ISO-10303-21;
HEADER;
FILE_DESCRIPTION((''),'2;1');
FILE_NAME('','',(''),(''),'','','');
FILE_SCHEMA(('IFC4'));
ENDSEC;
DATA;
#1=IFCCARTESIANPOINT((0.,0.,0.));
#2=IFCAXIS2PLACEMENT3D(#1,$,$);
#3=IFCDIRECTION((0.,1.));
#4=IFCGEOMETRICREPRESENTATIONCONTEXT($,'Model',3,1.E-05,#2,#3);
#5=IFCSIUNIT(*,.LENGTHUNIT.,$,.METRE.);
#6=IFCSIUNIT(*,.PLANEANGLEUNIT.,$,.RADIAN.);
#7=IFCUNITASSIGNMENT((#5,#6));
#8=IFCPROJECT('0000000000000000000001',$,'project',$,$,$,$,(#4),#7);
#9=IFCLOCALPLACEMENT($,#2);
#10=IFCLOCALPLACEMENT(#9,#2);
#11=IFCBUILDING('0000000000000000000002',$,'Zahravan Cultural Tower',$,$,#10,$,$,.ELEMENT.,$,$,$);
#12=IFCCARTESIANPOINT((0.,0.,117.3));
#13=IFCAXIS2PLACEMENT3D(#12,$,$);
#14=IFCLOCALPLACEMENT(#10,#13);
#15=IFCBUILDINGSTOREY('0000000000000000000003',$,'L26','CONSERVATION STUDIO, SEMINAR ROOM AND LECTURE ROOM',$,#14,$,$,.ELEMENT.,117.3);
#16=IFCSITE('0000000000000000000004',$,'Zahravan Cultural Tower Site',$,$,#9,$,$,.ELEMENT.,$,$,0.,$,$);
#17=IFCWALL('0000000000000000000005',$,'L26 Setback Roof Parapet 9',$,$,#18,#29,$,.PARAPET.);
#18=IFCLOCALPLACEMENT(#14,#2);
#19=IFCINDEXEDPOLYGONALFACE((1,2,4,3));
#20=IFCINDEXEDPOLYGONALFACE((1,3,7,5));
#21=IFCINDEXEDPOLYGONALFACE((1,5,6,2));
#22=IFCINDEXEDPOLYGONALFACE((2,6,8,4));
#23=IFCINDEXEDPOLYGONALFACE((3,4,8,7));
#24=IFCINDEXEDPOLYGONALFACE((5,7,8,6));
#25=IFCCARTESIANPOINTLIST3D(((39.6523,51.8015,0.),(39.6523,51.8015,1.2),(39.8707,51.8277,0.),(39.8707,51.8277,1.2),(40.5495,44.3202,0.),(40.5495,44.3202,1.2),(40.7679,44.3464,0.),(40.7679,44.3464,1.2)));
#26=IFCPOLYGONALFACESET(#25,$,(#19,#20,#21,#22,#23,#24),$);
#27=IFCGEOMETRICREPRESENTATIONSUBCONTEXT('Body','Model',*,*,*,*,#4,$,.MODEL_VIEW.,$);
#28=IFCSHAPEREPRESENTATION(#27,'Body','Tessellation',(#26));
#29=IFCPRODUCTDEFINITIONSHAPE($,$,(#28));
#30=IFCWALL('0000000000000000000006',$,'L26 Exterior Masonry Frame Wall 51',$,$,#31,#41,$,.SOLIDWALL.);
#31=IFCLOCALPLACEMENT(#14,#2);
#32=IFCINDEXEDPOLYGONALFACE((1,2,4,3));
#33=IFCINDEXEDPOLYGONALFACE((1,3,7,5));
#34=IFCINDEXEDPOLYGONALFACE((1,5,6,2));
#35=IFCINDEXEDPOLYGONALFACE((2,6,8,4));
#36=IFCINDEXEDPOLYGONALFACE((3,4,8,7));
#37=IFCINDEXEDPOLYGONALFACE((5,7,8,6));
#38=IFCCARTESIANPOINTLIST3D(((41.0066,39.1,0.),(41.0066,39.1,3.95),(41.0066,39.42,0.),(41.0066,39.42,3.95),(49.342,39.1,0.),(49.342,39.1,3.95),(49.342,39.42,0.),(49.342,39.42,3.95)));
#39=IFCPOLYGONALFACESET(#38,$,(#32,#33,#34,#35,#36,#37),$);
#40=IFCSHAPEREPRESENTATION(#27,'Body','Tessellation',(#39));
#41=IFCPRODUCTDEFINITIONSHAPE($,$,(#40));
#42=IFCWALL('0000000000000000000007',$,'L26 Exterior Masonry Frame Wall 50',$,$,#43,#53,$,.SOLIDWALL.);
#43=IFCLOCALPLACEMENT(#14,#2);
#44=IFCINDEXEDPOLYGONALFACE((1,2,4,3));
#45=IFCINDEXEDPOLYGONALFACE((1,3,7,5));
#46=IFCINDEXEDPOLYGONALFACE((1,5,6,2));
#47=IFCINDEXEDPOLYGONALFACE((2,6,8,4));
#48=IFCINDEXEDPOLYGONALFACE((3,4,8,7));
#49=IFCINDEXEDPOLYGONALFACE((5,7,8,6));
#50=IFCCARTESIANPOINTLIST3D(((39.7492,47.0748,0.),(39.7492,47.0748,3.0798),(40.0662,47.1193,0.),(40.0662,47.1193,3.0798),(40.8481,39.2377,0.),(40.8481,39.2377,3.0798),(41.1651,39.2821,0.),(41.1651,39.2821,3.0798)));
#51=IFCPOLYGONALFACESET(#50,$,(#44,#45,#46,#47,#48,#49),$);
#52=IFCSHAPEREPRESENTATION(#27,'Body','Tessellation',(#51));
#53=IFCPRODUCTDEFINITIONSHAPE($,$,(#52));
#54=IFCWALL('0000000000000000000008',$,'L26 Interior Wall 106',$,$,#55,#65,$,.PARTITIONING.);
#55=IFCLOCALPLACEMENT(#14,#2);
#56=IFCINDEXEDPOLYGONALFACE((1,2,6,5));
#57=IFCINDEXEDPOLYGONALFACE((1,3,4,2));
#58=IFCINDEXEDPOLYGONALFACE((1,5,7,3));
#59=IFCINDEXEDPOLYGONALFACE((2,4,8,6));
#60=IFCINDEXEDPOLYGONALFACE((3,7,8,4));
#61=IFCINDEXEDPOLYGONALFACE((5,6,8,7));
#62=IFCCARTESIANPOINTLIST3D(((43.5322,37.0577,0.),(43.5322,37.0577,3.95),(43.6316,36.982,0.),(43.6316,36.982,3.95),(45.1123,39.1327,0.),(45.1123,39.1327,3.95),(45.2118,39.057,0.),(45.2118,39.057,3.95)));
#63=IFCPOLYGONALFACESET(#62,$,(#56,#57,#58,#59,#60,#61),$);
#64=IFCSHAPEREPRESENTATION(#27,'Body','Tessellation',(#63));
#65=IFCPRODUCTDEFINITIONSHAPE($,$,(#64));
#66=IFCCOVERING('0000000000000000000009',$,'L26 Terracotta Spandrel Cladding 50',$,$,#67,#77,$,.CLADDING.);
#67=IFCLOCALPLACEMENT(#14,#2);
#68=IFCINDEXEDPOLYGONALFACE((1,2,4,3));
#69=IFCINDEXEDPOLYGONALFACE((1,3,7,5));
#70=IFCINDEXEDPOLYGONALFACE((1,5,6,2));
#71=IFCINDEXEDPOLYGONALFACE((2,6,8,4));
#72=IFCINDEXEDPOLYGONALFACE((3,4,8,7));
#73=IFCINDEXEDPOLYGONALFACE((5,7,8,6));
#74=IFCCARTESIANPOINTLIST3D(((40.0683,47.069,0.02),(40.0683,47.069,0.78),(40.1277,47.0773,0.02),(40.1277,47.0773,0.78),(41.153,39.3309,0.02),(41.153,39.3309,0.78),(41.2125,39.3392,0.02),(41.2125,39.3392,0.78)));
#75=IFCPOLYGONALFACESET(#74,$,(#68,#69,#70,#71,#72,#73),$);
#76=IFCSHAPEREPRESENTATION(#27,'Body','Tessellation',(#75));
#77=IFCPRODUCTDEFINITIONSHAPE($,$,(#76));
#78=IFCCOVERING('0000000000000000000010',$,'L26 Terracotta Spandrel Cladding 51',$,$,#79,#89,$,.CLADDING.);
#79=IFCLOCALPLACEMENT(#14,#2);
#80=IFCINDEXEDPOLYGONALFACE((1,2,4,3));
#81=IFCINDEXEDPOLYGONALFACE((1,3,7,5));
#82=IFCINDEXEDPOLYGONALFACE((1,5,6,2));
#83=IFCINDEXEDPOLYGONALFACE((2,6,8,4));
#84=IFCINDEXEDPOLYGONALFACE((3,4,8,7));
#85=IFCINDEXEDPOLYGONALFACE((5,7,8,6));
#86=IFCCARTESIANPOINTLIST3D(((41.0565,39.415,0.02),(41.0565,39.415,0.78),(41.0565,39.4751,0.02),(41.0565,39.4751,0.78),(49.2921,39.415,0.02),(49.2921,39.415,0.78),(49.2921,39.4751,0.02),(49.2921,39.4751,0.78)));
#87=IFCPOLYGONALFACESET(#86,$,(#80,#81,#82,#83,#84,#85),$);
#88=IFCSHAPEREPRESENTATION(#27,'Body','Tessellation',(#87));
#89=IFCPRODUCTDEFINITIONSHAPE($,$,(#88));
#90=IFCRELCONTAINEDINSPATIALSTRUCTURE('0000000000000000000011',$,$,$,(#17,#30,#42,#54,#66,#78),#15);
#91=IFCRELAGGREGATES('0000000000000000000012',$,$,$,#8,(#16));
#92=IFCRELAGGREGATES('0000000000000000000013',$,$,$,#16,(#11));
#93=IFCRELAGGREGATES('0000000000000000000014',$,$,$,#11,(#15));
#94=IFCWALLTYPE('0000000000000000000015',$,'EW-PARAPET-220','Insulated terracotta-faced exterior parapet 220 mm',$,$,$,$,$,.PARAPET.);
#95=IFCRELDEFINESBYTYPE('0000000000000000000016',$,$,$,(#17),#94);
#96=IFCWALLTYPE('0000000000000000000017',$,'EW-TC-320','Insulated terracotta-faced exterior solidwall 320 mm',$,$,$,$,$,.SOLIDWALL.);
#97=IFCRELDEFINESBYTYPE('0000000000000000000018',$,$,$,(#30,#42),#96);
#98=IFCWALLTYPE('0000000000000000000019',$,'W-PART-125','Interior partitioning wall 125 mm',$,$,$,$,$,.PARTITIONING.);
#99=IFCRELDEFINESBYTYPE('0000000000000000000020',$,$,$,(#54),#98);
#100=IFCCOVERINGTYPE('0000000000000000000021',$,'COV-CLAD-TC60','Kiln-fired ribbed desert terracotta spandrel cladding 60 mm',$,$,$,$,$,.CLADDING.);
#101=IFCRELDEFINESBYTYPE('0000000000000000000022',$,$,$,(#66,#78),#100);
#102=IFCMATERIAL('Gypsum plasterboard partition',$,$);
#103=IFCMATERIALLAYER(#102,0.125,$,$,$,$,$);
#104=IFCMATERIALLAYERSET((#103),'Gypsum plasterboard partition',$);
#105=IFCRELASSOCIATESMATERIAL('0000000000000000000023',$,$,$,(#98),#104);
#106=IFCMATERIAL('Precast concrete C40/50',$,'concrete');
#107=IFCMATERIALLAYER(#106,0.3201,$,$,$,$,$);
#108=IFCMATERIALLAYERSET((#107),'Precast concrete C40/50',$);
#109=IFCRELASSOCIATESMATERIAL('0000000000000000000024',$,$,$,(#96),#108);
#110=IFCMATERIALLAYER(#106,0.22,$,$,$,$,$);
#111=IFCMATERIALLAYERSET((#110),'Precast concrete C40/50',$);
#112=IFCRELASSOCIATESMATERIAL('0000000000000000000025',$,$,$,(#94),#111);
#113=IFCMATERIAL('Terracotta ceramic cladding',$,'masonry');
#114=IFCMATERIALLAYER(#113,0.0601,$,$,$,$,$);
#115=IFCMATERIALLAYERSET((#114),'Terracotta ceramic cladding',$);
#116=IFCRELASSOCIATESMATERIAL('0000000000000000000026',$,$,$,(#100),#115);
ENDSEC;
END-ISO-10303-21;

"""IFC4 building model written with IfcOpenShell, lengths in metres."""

from ifc_helpers import new_model, si_unit, direction, frame, frame_2d, origin, origin_2d, place, context, subcontext, project, spatial, rectangle, extrude, source, transform, mapped, material, layer, layer_set, type_object, element, save


model = new_model("IFC4")

# Units and contexts
model_context = context("Model", 3, precision=1e-05, world=origin(), true_north=direction((0.0, 1.0)))
body_context = subcontext(model_context, "Body", "Model", "MODEL_VIEW")
ifc_project = project(units=[si_unit("LENGTHUNIT", "METRE"), si_unit("PLANEANGLEUNIT", "RADIAN")], contexts=[model_context])

# Site, building, storey
site_placement = place(None, origin())
site = spatial("IfcSite", under=ifc_project, at=site_placement, Name="Zahravan Cultural Tower Site", CompositionType="ELEMENT", RefElevation=0.0)
building_placement = place(site_placement, origin())
building = spatial("IfcBuilding", under=site, at=building_placement, Name="Zahravan Cultural Tower", CompositionType="ELEMENT")
storey_placement = place(building_placement, frame((0.0, 0.0, 117.3)))
storey = spatial("IfcBuildingStorey", under=building, at=storey_placement, Name="L26", Description="CONSERVATION STUDIO, SEMINAR ROOM AND LECTURE ROOM", CompositionType="ELEMENT", Elevation=117.3)

# Shared definitions
ifc_material_1 = material(Name="Gypsum plasterboard partition")
ifc_layer_1 = layer(ifc_material_1, 0.125)
ifc_layer_set_1 = layer_set([ifc_layer_1], Name="Gypsum plasterboard partition")
wall_type_1 = type_object("IfcWallType", Name="W-PART-125", Description="Interior partitioning wall 125 mm", PredefinedType="PARTITIONING", material=ifc_layer_set_1)

# Walls
ifc_material_2 = material(Name="Precast concrete C40/50", Category="concrete")
ifc_layer_2 = layer(ifc_material_2, 0.3201)
ifc_layer_set_2 = layer_set([ifc_layer_2], Name="Precast concrete C40/50")
wall_type_2 = type_object("IfcWallType", Name="EW-TC-320", Description="Insulated terracotta-faced exterior solidwall 320 mm", PredefinedType="SOLIDWALL", material=ifc_layer_set_2)
ifc_layer_3 = layer(ifc_material_2, 0.22)
ifc_layer_set_3 = layer_set([ifc_layer_3], Name="Precast concrete C40/50")
wall_type_3 = type_object("IfcWallType", Name="EW-PARAPET-220", Description="Insulated terracotta-faced exterior parapet 220 mm", PredefinedType="PARAPET", material=ifc_layer_set_3)
shared_shape_1 = source(origin(), body_context, "Body", "SweptSolid", [
    extrude(rectangle(XDim=7.5349, YDim=0.22, at=frame_2d((3.7676, 0.0))), origin(), (0.0, 0.0, 1.0), 1.2),
])
wall_1_placement = place(storey_placement, frame((39.7615, 51.8147, 0.0), z_axis=(0.0, 0.0, 1.0), x_axis=(0.119076, -0.992885, 0.0)))
element("IfcWall", 1, at=wall_1_placement, inside=storey, type_object=wall_type_3, Name="L26 Setback Roof Parapet 9", PredefinedType="PARAPET", context=body_context, shape_type="MappedRepresentation", body=[
    mapped(shared_shape_1, transform((0.0, 0.0, 0.0), x_axis=(1.0, 0.0, 0.0), y_axis=(0.0, 1.0, 0.0), z_axis=(0.0, 0.0, 1.0), scale=1.0)),
])
shared_shape_2 = source(origin(), body_context, "Body", "SweptSolid", [
    extrude(rectangle(XDim=8.3354, YDim=0.3201, at=frame_2d((4.1677, 0.0))), origin(), (0.0, 0.0, 1.0), 3.95),
])
wall_2_placement = place(storey_placement, frame((41.0066, 39.26, 0.0), z_axis=(0.0, 0.0, 1.0), x_axis=(1.0, 0.0, 0.0)))
element("IfcWall", 2, at=wall_2_placement, inside=storey, type_object=wall_type_2, Name="L26 Exterior Masonry Frame Wall 51", PredefinedType="SOLIDWALL", context=body_context, shape_type="MappedRepresentation", body=[
    mapped(shared_shape_2, transform((0.0, 0.0, 0.0), x_axis=(1.0, 0.0, 0.0), y_axis=(0.0, 1.0, 0.0), z_axis=(0.0, 0.0, 1.0), scale=1.0)),
])
shared_shape_3 = source(origin(), body_context, "Body", "SweptSolid", [
    extrude(rectangle(XDim=7.9138, YDim=0.3201, at=frame_2d((3.957, 0.0))), origin(), (0.0, 0.0, 1.0), 3.0798),
])
wall_3_placement = place(storey_placement, frame((39.9077, 47.0972, 0.0), z_axis=(0.0, 0.0, 1.0), x_axis=(0.138855, -0.990313, 0.0)))
element("IfcWall", 3, at=wall_3_placement, inside=storey, type_object=wall_type_2, Name="L26 Exterior Masonry Frame Wall 50", PredefinedType="SOLIDWALL", context=body_context, shape_type="MappedRepresentation", body=[
    mapped(shared_shape_3, transform((0.0, 0.0, 0.0), x_axis=(1.0, 0.0, 0.0), y_axis=(0.0, 1.0, 0.0), z_axis=(0.0, 0.0, 1.0), scale=1.0)),
])
shared_shape_4 = source(origin(), body_context, "Body", "SweptSolid", [
    extrude(rectangle(XDim=2.6082, YDim=0.125, at=frame_2d((1.3042, 0.0))), origin(), (0.0, 0.0, 1.0), 3.95),
])
wall_4_placement = place(storey_placement, frame((45.1621, 39.095, 0.0), z_axis=(0.0, 0.0, 1.0), x_axis=(-0.60584, -0.795586, 0.0)))
element("IfcWall", 4, at=wall_4_placement, inside=storey, type_object=wall_type_1, Name="L26 Interior Wall 106", PredefinedType="PARTITIONING", context=body_context, shape_type="MappedRepresentation", body=[
    mapped(shared_shape_4, transform((0.0, 0.0, 0.0), x_axis=(1.0, 0.0, 0.0), y_axis=(0.0, 1.0, 0.0), z_axis=(0.0, 0.0, 1.0), scale=1.0)),
])

# Coverings
ifc_material_3 = material(Name="Terracotta ceramic cladding", Category="masonry")
ifc_layer_4 = layer(ifc_material_3, 0.0601)
ifc_layer_set_4 = layer_set([ifc_layer_4], Name="Terracotta ceramic cladding")
covering_type = type_object("IfcCoveringType", Name="COV-CLAD-TC60", Description="Kiln-fired ribbed desert terracotta spandrel cladding 60 mm", PredefinedType="CLADDING", material=ifc_layer_set_4)
shared_shape_5 = source(origin(), body_context, "Body", "SweptSolid", [
    extrude(rectangle(XDim=7.8137, YDim=0.0601, at=origin_2d()), origin(), (0.0, 0.0, 1.0), 0.76),
])
covering_1_placement = place(storey_placement, frame((40.6404, 43.2041, 0.02), z_axis=(0.0, 0.0, 1.0), x_axis=(0.138827, -0.990317, 0.0)))
element("IfcCovering", 5, at=covering_1_placement, inside=storey, type_object=covering_type, Name="L26 Terracotta Spandrel Cladding 50", PredefinedType="CLADDING", context=body_context, shape_type="MappedRepresentation", body=[
    mapped(shared_shape_5, transform((0.0, 0.0, 0.0), x_axis=(1.0, 0.0, 0.0), y_axis=(0.0, 1.0, 0.0), z_axis=(0.0, 0.0, 1.0), scale=1.0)),
])
shared_shape_6 = source(origin(), body_context, "Body", "SweptSolid", [
    extrude(rectangle(XDim=8.2356, YDim=0.0601, at=origin_2d()), origin(), (0.0, 0.0, 1.0), 0.76),
])
covering_2_placement = place(storey_placement, frame((45.1743, 39.4451, 0.02), z_axis=(0.0, 0.0, 1.0), x_axis=(1.0, 0.0, 0.0)))
element("IfcCovering", 6, at=covering_2_placement, inside=storey, type_object=covering_type, Name="L26 Terracotta Spandrel Cladding 51", PredefinedType="CLADDING", context=body_context, shape_type="MappedRepresentation", body=[
    mapped(shared_shape_6, transform((0.0, 0.0, 0.0), x_axis=(1.0, 0.0, 0.0), y_axis=(0.0, 1.0, 0.0), z_axis=(0.0, 0.0, 1.0), scale=1.0)),
])

save(model, "model.ifc")
